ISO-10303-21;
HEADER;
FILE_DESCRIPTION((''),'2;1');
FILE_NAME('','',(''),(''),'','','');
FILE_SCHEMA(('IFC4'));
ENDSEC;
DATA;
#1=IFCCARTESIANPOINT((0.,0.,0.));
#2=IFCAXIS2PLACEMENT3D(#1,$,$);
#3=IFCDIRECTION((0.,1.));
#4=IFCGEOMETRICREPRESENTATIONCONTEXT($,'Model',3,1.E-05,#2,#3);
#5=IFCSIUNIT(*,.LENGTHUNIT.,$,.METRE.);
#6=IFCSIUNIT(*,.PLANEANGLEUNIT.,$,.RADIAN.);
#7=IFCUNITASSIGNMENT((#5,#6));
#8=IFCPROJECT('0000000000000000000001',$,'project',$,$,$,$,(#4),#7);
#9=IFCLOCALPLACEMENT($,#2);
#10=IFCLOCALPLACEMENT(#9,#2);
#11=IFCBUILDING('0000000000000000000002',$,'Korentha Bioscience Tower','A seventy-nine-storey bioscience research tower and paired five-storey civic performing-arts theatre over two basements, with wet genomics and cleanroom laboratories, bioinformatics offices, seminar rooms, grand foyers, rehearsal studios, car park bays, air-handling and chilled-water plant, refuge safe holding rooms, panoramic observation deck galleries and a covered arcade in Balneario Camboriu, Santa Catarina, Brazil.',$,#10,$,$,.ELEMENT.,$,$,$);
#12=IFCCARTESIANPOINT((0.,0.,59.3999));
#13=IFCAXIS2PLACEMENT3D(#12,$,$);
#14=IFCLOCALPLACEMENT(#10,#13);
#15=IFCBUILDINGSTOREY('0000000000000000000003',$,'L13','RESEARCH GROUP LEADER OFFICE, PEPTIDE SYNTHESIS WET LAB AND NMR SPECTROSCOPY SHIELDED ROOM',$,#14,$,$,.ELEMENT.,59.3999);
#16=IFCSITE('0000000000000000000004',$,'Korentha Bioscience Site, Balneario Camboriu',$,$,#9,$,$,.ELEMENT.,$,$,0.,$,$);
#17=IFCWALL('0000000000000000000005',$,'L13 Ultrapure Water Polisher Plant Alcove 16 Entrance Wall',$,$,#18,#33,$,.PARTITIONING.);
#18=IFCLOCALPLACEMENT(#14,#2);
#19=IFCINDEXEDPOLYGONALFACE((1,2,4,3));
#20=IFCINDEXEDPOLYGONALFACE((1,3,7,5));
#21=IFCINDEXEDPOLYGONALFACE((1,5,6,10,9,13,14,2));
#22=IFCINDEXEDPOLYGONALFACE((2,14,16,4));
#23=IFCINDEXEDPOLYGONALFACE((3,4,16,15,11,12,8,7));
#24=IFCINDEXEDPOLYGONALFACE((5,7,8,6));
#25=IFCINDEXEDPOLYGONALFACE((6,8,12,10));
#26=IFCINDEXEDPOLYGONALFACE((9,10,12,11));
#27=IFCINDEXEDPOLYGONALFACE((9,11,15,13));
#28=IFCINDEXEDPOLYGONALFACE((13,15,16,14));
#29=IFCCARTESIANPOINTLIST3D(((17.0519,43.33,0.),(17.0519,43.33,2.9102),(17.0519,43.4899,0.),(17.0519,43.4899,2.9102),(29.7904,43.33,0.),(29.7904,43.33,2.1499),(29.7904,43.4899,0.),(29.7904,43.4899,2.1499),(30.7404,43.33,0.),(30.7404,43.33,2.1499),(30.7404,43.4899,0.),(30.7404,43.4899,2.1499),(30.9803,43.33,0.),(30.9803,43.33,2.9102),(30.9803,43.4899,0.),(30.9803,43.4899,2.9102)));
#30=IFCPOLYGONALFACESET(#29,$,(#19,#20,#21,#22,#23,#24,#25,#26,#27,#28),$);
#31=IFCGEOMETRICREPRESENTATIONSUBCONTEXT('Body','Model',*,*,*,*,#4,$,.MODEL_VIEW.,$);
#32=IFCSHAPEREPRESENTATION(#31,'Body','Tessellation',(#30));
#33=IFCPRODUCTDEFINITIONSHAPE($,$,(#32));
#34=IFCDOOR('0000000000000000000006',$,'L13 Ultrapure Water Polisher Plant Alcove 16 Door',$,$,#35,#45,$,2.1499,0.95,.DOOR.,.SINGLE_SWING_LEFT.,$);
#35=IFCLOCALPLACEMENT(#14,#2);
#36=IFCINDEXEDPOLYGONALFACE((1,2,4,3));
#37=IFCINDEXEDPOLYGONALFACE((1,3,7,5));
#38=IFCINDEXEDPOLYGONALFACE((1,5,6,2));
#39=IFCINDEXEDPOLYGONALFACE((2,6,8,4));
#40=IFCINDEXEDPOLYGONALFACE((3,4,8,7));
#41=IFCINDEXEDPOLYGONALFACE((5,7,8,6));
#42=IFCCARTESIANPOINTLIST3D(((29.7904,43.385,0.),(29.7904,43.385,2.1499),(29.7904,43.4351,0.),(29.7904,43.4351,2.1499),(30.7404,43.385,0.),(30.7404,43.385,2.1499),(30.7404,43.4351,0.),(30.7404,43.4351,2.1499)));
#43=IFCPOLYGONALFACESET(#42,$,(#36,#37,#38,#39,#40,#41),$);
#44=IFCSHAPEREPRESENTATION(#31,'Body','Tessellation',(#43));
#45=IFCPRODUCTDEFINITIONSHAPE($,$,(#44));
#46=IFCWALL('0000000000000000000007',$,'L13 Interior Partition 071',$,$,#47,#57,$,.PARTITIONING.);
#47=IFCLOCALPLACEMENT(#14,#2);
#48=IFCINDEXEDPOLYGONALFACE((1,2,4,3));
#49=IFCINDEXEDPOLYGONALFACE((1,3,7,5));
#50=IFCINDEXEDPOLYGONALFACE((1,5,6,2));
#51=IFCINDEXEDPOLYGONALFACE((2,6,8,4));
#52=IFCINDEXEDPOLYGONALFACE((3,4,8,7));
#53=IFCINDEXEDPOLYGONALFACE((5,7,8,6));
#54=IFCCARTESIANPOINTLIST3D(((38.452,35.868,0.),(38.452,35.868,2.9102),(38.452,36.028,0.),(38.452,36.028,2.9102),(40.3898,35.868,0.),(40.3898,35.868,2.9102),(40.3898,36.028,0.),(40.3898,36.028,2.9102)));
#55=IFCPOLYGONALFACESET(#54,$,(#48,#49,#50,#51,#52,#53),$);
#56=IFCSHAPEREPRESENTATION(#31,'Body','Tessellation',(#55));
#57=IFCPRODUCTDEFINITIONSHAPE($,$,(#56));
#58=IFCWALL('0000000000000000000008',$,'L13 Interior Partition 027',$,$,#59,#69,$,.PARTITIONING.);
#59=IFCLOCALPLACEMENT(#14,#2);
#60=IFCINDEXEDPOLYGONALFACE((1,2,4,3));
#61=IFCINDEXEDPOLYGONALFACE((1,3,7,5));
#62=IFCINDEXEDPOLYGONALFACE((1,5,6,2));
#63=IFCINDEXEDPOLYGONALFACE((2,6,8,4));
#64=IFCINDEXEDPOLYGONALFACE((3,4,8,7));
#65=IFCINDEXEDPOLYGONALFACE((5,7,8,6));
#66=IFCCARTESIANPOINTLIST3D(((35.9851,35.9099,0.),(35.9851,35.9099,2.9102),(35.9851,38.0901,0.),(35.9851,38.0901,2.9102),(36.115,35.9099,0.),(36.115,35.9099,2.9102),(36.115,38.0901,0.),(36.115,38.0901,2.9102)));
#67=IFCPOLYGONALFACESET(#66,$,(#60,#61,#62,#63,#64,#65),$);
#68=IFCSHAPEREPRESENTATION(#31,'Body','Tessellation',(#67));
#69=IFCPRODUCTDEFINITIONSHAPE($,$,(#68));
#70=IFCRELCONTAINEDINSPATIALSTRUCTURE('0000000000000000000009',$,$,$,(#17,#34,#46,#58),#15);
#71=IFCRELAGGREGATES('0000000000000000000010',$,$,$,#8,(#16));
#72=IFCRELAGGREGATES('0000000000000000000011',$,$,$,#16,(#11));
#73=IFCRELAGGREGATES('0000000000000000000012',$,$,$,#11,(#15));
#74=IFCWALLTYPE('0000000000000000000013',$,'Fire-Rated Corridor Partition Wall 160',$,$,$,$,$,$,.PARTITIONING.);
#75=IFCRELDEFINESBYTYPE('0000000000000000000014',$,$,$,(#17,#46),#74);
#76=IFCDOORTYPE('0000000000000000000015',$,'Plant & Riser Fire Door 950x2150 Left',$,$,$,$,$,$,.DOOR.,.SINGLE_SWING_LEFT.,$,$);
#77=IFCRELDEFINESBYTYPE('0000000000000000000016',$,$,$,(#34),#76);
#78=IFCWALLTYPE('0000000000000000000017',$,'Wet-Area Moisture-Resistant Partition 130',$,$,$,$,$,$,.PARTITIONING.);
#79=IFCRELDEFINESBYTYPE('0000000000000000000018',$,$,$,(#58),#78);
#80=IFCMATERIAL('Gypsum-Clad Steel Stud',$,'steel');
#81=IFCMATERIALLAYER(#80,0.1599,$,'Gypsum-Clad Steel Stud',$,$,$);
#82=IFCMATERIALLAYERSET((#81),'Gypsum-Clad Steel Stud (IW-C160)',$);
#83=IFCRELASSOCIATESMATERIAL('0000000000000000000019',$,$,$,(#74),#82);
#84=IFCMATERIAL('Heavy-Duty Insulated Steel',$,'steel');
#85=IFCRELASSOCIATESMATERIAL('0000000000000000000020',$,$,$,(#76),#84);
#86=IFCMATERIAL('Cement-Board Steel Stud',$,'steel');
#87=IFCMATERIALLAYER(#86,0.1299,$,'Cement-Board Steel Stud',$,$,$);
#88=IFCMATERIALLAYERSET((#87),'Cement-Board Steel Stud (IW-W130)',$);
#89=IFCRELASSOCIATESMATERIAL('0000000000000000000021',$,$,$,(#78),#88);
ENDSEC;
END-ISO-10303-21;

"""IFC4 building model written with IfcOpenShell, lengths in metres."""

from ifc_helpers import new_model, si_unit, direction, frame, frame_2d, origin, place, context, subcontext, project, spatial, rectangle, extrude, material, layer, layer_set, type_object, element, fill, save


model = new_model("IFC4")

# Units and contexts
model_context = context("Model", 3, precision=1e-05, world=origin(), true_north=direction((0.0, 1.0)))
body_context = subcontext(model_context, "Body", "Model", "MODEL_VIEW")
ifc_project = project(units=[si_unit("LENGTHUNIT", "METRE"), si_unit("PLANEANGLEUNIT", "RADIAN")], contexts=[model_context])

# Site, building, storey
site_placement = place(None, origin())
site = spatial("IfcSite", under=ifc_project, at=site_placement, Name="Korentha Bioscience Site, Balneario Camboriu", CompositionType="ELEMENT", RefElevation=0.0)
building_placement = place(site_placement, origin())
building = spatial("IfcBuilding", under=site, at=building_placement, Name="Korentha Bioscience Tower", Description="A seventy-nine-storey bioscience research tower and paired five-storey civic performing-arts theatre over two basements, with wet genomics and cleanroom laboratories, bioinformatics offices, seminar rooms, grand foyers, rehearsal studios, car park bays, air-handling and chilled-water plant, refuge safe holding rooms, panoramic observation deck galleries and a covered arcade in Balneario Camboriu, Santa Catarina, Brazil.", CompositionType="ELEMENT")
storey_placement = place(building_placement, frame((0.0, 0.0, 59.3999)))
storey = spatial("IfcBuildingStorey", under=building, at=storey_placement, Name="L13", Description="RESEARCH GROUP LEADER OFFICE, PEPTIDE SYNTHESIS WET LAB AND NMR SPECTROSCOPY SHIELDED ROOM", CompositionType="ELEMENT", Elevation=59.3999)

# Wall, opening, door
ifc_material_1 = material(Name="Gypsum-Clad Steel Stud", Category="steel")
ifc_layer_1 = layer(ifc_material_1, 0.1599, Name="Gypsum-Clad Steel Stud")
ifc_layer_set_1 = layer_set([ifc_layer_1], Name="Gypsum-Clad Steel Stud (IW-C160)")
wall_type_1 = type_object("IfcWallType", Name="Fire-Rated Corridor Partition Wall 160", PredefinedType="PARTITIONING", material=ifc_layer_set_1)
wall_1_placement = place(storey_placement, frame((30.9805, 43.4099, 0.0), z_axis=(0.0, 0.0, 1.0), x_axis=(-1.0, 0.0, 0.0)))
wall_1 = element("IfcWall", 1, at=wall_1_placement, inside=storey, type_object=wall_type_1, Name="L13 Ultrapure Water Polisher Plant Alcove 16 Entrance Wall", PredefinedType="PARTITIONING", context=body_context, shape_type="SweptSolid", body=[
    extrude(rectangle(XDim=13.9285, YDim=0.1599, at=frame_2d((6.9644, 0.0))), origin(), (0.0, 0.0, 1.0), 2.9102),
])
opening_1_placement = place(wall_1_placement, frame((0.24, 0.0, 0.0)))
opening_1 = element("IfcOpeningElement", 2, at=opening_1_placement, cuts=wall_1, PredefinedType="OPENING", context=body_context, shape_type="SweptSolid", body=[
    extrude(rectangle(XDim=0.95, YDim=2.1499, at=frame_2d((0.4751, 1.075))), frame((0.0, 0.0947, 0.0), z_axis=(0.0, -1.0, 0.0), x_axis=(1.0, 0.0, 0.0)), (0.0, 0.0, 1.0), 0.1897),
])
ifc_material_2 = material(Name="Heavy-Duty Insulated Steel", Category="steel")
door_type_1 = type_object("IfcDoorType", Name="Plant & Riser Fire Door 950x2150 Left", OperationType="SINGLE_SWING_LEFT", PredefinedType="DOOR", material=ifc_material_2)
door_1_placement = place(opening_1_placement, origin())
door_1 = element("IfcDoor", 3, at=door_1_placement, inside=storey, type_object=door_type_1, Name="L13 Ultrapure Water Polisher Plant Alcove 16 Door", OperationType="SINGLE_SWING_LEFT", OverallHeight=2.1499, OverallWidth=0.95, PredefinedType="DOOR", context=body_context, shape_type="SweptSolid", body=[
    extrude(rectangle(XDim=0.95, YDim=2.1499, at=frame_2d((0.4751, 1.075))), frame((0.0, 0.0249, 0.0), z_axis=(0.0, -1.0, 0.0), x_axis=(1.0, 0.0, 0.0)), (0.0, 0.0, 1.0), 0.05),
])
fill(opening_1, door_1)

# Wall
wall_2_placement = place(storey_placement, frame((38.4521, 35.948, 0.0), z_axis=(0.0, 0.0, 1.0), x_axis=(1.0, 0.0, 0.0)))
element("IfcWall", 4, at=wall_2_placement, inside=storey, type_object=wall_type_1, Name="L13 Interior Partition 071", PredefinedType="PARTITIONING", context=body_context, shape_type="SweptSolid", body=[
    extrude(rectangle(XDim=1.9377, YDim=0.1599, at=frame_2d((0.9688, 0.0))), origin(), (0.0, 0.0, 1.0), 2.9102),
])

# Shared definitions
ifc_material_3 = material(Name="Cement-Board Steel Stud", Category="steel")
ifc_layer_2 = layer(ifc_material_3, 0.1299, Name="Cement-Board Steel Stud")
ifc_layer_set_2 = layer_set([ifc_layer_2], Name="Cement-Board Steel Stud (IW-W130)")
wall_type_2 = type_object("IfcWallType", Name="Wet-Area Moisture-Resistant Partition 130", PredefinedType="PARTITIONING", material=ifc_layer_set_2)

# Wall
wall_3_placement = place(storey_placement, frame((36.05, 38.0901, 0.0), z_axis=(0.0, 0.0, 1.0), x_axis=(0.0, -1.0, 0.0)))
element("IfcWall", 5, at=wall_3_placement, inside=storey, type_object=wall_type_2, Name="L13 Interior Partition 027", PredefinedType="PARTITIONING", context=body_context, shape_type="SweptSolid", body=[
    extrude(rectangle(XDim=2.1802, YDim=0.1299, at=frame_2d((1.0901, 0.0))), origin(), (0.0, 0.0, 1.0), 2.9102),
])

save(model, "model.ifc")
